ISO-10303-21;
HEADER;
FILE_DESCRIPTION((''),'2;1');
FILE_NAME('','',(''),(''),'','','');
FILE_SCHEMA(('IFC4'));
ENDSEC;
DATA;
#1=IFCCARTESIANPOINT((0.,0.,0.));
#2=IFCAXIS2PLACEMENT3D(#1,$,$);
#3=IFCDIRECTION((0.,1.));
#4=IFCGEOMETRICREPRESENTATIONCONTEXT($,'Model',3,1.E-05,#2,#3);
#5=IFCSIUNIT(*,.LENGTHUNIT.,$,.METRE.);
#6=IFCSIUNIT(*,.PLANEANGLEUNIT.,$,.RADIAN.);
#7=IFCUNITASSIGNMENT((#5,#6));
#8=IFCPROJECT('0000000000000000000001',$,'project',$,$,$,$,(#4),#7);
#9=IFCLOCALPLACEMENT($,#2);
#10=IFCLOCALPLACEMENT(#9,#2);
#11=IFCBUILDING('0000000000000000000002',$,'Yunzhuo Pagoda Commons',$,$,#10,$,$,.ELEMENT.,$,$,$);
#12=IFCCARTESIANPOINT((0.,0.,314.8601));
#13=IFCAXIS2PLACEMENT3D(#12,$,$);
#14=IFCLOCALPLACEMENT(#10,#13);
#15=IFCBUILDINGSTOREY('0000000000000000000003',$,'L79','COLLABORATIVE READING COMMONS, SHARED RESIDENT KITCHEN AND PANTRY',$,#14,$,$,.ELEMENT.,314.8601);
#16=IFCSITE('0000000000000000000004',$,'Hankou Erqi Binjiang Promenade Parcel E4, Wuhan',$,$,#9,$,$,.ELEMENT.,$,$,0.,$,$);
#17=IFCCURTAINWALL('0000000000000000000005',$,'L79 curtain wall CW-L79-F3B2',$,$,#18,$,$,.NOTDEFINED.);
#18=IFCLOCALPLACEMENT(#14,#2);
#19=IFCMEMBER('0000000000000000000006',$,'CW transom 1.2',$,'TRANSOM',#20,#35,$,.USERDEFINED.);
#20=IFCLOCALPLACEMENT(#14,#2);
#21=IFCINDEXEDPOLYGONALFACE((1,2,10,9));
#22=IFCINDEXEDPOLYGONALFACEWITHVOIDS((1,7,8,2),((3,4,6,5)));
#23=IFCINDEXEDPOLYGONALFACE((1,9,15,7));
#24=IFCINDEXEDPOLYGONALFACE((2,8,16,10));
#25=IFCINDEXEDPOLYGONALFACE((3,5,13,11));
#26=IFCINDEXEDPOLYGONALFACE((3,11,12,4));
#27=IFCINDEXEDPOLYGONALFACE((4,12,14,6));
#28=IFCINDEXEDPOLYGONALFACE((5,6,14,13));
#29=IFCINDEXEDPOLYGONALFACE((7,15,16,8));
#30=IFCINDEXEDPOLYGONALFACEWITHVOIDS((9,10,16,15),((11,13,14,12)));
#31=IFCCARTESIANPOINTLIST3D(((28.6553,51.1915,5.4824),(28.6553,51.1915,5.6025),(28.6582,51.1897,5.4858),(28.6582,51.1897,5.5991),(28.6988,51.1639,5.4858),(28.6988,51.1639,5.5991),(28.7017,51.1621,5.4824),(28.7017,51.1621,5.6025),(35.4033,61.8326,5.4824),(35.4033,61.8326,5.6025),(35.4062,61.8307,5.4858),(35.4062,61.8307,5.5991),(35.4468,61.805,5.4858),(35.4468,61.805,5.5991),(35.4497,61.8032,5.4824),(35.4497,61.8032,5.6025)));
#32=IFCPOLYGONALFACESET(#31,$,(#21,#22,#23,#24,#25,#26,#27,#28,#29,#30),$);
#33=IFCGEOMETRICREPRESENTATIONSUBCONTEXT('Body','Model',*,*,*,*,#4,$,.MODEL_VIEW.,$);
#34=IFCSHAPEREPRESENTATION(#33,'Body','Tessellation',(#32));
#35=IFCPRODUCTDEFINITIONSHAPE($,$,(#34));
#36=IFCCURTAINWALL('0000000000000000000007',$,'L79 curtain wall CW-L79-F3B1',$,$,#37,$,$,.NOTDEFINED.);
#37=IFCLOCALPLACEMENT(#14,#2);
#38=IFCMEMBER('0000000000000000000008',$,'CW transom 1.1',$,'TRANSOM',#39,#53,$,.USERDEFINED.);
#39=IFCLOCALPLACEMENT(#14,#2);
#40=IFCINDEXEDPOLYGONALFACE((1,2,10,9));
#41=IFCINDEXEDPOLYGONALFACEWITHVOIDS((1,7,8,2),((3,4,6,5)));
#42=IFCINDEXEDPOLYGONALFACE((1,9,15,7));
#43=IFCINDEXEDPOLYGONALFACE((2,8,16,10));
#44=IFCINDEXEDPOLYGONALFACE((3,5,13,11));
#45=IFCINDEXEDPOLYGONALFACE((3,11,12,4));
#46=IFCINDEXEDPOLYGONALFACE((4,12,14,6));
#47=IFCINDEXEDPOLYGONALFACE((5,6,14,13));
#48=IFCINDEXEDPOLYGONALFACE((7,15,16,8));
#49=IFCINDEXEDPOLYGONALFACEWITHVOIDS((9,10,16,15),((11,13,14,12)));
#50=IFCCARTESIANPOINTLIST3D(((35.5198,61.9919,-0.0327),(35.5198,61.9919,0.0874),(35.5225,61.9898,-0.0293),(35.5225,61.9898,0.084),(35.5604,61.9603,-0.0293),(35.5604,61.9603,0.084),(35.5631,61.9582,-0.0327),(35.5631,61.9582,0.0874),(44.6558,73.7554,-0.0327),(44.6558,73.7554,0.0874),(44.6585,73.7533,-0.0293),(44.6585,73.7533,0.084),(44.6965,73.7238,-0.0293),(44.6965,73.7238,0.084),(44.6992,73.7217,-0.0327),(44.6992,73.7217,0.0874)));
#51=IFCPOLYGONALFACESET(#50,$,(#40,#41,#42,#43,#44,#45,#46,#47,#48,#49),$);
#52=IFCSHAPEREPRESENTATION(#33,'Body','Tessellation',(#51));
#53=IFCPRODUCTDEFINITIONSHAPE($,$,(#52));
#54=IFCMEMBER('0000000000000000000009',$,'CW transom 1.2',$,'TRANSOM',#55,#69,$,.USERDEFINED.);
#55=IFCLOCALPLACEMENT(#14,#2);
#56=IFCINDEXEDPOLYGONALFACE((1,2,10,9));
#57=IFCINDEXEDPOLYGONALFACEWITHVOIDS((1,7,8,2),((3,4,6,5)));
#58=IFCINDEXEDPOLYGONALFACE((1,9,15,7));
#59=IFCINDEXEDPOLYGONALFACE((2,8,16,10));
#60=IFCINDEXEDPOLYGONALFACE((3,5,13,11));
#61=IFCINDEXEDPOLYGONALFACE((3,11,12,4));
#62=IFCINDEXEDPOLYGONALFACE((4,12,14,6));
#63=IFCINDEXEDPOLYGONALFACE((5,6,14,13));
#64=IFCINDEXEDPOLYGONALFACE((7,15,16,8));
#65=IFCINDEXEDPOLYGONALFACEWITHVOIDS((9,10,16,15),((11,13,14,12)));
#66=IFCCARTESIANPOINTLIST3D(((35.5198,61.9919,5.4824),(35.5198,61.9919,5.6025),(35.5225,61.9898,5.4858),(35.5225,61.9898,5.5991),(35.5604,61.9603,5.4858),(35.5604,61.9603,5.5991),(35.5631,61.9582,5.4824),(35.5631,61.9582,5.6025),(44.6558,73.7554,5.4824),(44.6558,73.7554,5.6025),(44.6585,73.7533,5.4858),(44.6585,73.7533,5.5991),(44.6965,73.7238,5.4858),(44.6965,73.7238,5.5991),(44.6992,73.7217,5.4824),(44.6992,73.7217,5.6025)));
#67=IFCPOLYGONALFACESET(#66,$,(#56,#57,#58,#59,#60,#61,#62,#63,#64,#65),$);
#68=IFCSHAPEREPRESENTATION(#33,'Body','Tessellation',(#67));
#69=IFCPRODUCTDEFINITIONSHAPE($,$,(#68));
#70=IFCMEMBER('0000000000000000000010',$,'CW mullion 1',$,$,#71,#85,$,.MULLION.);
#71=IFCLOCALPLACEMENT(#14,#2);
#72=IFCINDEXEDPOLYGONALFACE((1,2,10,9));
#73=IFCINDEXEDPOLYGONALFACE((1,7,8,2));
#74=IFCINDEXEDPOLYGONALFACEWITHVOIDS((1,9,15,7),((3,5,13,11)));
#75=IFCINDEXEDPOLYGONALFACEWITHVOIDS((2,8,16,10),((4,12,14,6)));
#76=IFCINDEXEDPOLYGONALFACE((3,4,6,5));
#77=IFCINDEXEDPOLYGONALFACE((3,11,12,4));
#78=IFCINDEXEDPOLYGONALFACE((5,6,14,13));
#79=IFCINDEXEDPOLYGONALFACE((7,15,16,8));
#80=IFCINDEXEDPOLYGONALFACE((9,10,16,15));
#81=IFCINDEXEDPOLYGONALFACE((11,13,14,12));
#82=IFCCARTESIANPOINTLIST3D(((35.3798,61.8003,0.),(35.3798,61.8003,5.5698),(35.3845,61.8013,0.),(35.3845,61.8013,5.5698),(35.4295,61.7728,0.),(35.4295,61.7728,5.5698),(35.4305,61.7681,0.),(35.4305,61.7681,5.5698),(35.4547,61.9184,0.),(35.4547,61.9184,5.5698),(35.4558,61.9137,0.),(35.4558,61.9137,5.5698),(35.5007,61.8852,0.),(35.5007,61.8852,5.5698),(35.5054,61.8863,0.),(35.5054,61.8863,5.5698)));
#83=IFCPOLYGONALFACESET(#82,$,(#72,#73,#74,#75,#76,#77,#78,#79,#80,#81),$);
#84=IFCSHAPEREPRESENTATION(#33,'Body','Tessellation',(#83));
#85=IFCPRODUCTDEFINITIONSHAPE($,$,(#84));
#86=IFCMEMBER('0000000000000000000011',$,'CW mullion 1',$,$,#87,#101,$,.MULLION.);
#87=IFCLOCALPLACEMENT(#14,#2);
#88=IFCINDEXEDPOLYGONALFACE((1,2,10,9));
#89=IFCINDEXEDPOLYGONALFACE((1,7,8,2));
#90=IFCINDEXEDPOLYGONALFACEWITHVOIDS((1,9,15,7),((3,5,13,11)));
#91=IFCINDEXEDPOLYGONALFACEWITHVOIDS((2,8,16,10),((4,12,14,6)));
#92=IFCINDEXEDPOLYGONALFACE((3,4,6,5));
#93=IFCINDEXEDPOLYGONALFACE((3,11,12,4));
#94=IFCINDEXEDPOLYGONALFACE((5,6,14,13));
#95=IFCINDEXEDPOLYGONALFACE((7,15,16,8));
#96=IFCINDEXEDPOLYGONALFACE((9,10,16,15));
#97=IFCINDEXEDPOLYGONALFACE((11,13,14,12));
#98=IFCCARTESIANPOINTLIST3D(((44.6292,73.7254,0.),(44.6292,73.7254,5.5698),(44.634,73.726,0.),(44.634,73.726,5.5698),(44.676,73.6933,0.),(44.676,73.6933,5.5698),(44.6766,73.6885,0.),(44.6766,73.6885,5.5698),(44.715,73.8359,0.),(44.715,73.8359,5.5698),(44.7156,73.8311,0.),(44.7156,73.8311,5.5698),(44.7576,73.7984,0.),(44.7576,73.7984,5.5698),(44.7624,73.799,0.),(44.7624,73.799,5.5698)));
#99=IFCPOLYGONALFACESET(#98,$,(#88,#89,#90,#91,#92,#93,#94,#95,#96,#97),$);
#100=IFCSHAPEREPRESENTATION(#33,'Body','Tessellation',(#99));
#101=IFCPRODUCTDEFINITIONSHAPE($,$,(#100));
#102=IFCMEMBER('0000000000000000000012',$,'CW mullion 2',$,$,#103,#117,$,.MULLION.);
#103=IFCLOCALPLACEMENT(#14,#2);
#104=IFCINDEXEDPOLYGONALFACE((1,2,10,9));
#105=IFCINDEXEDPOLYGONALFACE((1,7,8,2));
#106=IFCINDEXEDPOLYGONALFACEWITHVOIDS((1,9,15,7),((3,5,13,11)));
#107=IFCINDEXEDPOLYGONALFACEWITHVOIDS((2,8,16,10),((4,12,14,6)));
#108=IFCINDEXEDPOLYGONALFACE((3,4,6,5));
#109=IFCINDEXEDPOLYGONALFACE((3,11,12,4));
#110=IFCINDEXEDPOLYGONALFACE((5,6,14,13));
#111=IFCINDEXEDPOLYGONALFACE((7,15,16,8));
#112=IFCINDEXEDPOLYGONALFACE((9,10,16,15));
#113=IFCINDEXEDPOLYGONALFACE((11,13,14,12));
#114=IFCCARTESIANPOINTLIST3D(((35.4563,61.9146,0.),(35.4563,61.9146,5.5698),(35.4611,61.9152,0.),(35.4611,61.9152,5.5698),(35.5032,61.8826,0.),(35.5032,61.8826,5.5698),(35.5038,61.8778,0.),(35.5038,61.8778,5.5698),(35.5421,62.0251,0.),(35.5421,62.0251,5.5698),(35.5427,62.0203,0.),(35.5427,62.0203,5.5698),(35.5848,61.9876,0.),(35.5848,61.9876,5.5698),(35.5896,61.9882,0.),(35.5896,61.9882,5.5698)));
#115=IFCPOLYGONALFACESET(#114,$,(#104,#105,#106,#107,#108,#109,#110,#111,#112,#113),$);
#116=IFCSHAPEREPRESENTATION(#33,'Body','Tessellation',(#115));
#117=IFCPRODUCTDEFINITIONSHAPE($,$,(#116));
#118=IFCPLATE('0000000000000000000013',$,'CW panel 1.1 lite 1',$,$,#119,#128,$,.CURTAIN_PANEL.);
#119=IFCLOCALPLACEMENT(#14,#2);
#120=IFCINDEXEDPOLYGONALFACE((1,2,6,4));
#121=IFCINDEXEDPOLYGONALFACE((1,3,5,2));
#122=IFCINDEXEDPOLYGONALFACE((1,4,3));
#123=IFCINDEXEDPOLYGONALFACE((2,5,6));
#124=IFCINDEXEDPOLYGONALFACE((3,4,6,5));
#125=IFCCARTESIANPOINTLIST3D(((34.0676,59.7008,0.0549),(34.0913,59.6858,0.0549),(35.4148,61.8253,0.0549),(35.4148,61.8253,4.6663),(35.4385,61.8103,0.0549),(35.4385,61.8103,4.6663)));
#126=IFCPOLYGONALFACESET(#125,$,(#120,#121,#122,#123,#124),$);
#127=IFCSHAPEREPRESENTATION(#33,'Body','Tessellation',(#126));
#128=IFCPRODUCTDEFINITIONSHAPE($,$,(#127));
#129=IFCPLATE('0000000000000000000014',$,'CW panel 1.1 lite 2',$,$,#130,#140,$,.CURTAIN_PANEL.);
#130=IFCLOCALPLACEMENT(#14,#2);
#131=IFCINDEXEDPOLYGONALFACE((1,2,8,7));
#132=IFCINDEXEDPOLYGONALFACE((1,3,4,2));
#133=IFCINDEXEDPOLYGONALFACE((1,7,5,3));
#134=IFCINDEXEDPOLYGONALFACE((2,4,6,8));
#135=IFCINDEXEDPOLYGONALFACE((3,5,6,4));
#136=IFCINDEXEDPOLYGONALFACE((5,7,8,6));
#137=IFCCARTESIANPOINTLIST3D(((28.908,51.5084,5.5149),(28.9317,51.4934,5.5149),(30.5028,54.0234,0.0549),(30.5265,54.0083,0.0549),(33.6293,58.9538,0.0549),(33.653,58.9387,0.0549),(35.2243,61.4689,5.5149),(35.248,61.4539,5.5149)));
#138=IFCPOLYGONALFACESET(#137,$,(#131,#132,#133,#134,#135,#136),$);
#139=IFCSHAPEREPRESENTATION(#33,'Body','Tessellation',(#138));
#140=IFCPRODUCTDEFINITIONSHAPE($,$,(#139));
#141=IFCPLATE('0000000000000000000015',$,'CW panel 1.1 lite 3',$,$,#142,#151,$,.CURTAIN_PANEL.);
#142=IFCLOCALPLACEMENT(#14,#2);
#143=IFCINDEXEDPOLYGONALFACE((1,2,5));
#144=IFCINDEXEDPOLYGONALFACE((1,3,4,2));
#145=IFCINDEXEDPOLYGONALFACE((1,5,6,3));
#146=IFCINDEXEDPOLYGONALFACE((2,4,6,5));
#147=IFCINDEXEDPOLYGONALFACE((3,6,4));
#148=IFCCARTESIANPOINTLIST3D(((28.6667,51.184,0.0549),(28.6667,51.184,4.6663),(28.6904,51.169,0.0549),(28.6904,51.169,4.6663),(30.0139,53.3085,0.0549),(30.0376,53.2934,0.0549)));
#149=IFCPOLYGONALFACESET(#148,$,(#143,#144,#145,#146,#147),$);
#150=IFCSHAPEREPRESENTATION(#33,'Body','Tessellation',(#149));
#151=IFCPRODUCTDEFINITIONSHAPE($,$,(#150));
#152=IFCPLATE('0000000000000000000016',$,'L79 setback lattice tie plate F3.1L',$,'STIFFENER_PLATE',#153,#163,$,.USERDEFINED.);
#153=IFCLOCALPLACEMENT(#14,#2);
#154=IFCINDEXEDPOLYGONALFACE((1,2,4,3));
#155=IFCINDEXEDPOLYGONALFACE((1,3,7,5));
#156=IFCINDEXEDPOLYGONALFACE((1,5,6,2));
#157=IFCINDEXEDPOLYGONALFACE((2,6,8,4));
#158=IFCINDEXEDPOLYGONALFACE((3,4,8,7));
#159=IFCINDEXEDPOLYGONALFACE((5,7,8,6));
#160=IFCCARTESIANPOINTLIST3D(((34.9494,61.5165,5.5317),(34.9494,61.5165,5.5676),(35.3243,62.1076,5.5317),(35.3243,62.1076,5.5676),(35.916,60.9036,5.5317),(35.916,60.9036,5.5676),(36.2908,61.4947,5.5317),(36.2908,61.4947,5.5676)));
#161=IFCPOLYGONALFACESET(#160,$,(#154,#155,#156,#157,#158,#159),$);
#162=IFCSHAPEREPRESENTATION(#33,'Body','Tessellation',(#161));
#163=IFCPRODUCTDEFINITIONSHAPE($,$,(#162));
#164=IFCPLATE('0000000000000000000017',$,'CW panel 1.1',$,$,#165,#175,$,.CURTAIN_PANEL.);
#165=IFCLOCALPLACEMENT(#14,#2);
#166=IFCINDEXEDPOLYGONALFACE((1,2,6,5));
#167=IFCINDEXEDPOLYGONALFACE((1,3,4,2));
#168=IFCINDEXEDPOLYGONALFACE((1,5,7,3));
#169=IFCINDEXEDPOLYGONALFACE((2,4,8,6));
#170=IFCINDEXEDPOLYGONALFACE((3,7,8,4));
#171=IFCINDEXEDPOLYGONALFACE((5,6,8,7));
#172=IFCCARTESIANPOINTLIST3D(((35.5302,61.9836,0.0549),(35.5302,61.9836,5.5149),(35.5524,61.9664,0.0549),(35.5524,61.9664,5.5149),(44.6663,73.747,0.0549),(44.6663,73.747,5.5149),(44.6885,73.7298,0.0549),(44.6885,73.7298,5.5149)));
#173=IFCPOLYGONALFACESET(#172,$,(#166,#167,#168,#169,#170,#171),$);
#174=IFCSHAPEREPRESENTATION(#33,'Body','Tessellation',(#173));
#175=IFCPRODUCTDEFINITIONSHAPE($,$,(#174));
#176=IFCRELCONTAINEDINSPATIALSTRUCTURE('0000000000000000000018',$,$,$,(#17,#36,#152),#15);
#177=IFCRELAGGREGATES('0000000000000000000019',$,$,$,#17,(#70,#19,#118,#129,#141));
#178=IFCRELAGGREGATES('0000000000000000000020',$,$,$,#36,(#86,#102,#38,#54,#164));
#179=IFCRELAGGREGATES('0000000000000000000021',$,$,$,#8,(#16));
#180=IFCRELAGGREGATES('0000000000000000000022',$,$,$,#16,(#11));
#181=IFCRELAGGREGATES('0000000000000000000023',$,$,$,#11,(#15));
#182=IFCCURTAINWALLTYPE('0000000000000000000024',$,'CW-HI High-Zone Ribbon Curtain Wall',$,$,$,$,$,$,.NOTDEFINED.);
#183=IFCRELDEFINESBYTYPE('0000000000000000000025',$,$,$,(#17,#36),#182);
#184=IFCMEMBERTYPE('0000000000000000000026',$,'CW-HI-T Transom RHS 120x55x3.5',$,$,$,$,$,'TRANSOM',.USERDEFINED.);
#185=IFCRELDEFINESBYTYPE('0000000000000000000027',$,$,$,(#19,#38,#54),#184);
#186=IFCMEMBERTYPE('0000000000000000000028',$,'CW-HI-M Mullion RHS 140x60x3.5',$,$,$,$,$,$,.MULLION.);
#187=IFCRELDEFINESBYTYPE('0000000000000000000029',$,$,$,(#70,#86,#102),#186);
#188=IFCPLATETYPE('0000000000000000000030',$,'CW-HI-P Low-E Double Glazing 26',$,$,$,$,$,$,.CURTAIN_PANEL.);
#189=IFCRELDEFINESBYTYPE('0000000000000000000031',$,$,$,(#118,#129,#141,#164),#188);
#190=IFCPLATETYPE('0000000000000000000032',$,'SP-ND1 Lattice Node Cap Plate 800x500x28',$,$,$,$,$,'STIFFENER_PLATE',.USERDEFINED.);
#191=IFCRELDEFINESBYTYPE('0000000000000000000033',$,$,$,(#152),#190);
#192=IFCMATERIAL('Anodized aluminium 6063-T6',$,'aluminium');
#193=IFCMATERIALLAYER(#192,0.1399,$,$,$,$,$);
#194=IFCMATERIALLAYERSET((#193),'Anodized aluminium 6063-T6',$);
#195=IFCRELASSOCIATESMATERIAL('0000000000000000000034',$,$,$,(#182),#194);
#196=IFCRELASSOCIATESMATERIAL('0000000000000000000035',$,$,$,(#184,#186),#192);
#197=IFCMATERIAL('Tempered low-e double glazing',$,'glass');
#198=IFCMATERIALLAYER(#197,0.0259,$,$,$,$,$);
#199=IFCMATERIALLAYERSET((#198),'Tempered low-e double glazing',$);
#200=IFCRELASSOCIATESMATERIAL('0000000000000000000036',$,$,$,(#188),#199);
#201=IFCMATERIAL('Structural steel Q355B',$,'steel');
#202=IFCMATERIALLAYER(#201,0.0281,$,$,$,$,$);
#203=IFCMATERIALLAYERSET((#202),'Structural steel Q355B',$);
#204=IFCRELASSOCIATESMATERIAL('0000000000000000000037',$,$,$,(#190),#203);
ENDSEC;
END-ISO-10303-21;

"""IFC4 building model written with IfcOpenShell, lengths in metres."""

from ifc_helpers import new_model, si_unit, direction, frame, origin, origin_2d, place, context, subcontext, project, spatial, polyline, rectangle, hollow_rectangle, outline, extrude, source, transform, mapped, material, layer, layer_set, material_profile, profile_set, type_object, element, aggregate, save


model = new_model("IFC4")

# Units and contexts
model_context = context("Model", 3, precision=1e-05, world=origin(), true_north=direction((0.0, 1.0)))
body_context = subcontext(model_context, "Body", "Model", "MODEL_VIEW")
ifc_project = project(units=[si_unit("LENGTHUNIT", "METRE"), si_unit("PLANEANGLEUNIT", "RADIAN")], contexts=[model_context])

# Site, building, storey
site_placement = place(None, origin())
site = spatial("IfcSite", under=ifc_project, at=site_placement, Name="Hankou Erqi Binjiang Promenade Parcel E4, Wuhan", CompositionType="ELEMENT", RefElevation=0.0)
building_placement = place(site_placement, origin())
building = spatial("IfcBuilding", under=site, at=building_placement, Name="Yunzhuo Pagoda Commons", CompositionType="ELEMENT")
storey_placement = place(building_placement, frame((0.0, 0.0, 314.8601)))
storey = spatial("IfcBuildingStorey", under=building, at=storey_placement, Name="L79", Description="COLLABORATIVE READING COMMONS, SHARED RESIDENT KITCHEN AND PANTRY", CompositionType="ELEMENT", Elevation=314.8601)

# Shared definitions
ifc_material_1 = material(Name="Structural steel Q355B", Category="steel")

# Curtain walls, members
ifc_material_2 = material(Name="Anodized aluminium 6063-T6", Category="aluminium")
ifc_layer_1 = layer(ifc_material_2, 0.1399)
ifc_layer_set_1 = layer_set([ifc_layer_1], Name="Anodized aluminium 6063-T6")
curtain_wall_type = type_object("IfcCurtainWallType", Name="CW-HI High-Zone Ribbon Curtain Wall", PredefinedType="NOTDEFINED", material=ifc_layer_set_1)
curtain_wall_1_placement = place(storey_placement, origin())
curtain_wall_1 = element("IfcCurtainWall", 1, at=curtain_wall_1_placement, inside=storey, type_object=curtain_wall_type, Name="L79 curtain wall CW-L79-F3B2", PredefinedType="NOTDEFINED")
ifc_material_profile_1 = material_profile(ifc_material_2, hollow_rectangle(XDim=0.0549, YDim=0.1201, WallThickness=0.0034, at=origin_2d()), Name="Anodized aluminium 6063-T6")
ifc_profile_set_1 = profile_set([ifc_material_profile_1], Name="Anodized aluminium 6063-T6")
member_type_1 = type_object("IfcMemberType", Name="CW-HI-T Transom RHS 120x55x3.5", ElementType="TRANSOM", PredefinedType="USERDEFINED", material=ifc_profile_set_1)
shared_shape_1 = source(origin(), body_context, "Body", "SweptSolid", [
    extrude(hollow_rectangle(XDim=0.0549, YDim=0.1201, WallThickness=0.0034, at=origin_2d()), origin(), (0.0, 0.0, 1.0), 12.6003),
])
member_1_placement = place(storey_placement, frame((35.4265, 61.8179, 5.5425), z_axis=(-0.535543, -0.844508, 0.0), x_axis=(0.844508, -0.535543, 0.0)))
member_1 = element("IfcMember", 2, at=member_1_placement, type_object=member_type_1, Name="CW transom 1.2", ObjectType="TRANSOM", PredefinedType="USERDEFINED", context=body_context, shape_type="MappedRepresentation", body=[
    mapped(shared_shape_1, transform((0.0, 0.0, 0.0), scale=1.0)),
])
curtain_wall_2_placement = place(storey_placement, origin())
curtain_wall_2 = element("IfcCurtainWall", 3, at=curtain_wall_2_placement, inside=storey, type_object=curtain_wall_type, Name="L79 curtain wall CW-L79-F3B1", PredefinedType="NOTDEFINED")
shared_shape_2 = source(origin(), body_context, "Body", "SweptSolid", [
    extrude(hollow_rectangle(XDim=0.0549, YDim=0.1201, WallThickness=0.0034, at=origin_2d()), origin(), (0.0, 0.0, 1.0), 14.8945),
])
member_2_placement = place(storey_placement, frame((44.6775, 73.7385, 0.0273), z_axis=(-0.613382, -0.789786, 0.0), x_axis=(0.789786, -0.613382, 0.0)))
member_2 = element("IfcMember", 4, at=member_2_placement, type_object=member_type_1, Name="CW transom 1.1", ObjectType="TRANSOM", PredefinedType="USERDEFINED", context=body_context, shape_type="MappedRepresentation", body=[
    mapped(shared_shape_2, transform((0.0, 0.0, 0.0), scale=1.0)),
])
member_3_placement = place(storey_placement, frame((44.6775, 73.7385, 5.5425), z_axis=(-0.613382, -0.789786, 0.0), x_axis=(0.789786, -0.613382, 0.0)))
member_3 = element("IfcMember", 5, at=member_3_placement, type_object=member_type_1, Name="CW transom 1.2", ObjectType="TRANSOM", PredefinedType="USERDEFINED", context=body_context, shape_type="MappedRepresentation", body=[
    mapped(shared_shape_2, transform((0.0, 0.0, 0.0), scale=1.0)),
])

# Members
ifc_material_profile_2 = material_profile(ifc_material_2, hollow_rectangle(XDim=0.0601, YDim=0.1399, WallThickness=0.0034, at=origin_2d()), Name="Anodized aluminium 6063-T6")
ifc_profile_set_2 = profile_set([ifc_material_profile_2], Name="Anodized aluminium 6063-T6")
member_type_2 = type_object("IfcMemberType", Name="CW-HI-M Mullion RHS 140x60x3.5", PredefinedType="MULLION", material=ifc_profile_set_2)
shared_shape_3 = source(origin(), body_context, "Body", "SweptSolid", [
    extrude(hollow_rectangle(XDim=0.0601, YDim=0.1399, WallThickness=0.0034, at=origin_2d()), origin(), (0.0, 0.0, 1.0), 5.5698),
])
member_4_placement = place(storey_placement, frame((35.4426, 61.8433, 0.0), z_axis=(0.0, 0.0, 1.0), x_axis=(0.844513, -0.535535, 0.0)))
member_4 = element("IfcMember", 6, at=member_4_placement, type_object=member_type_2, Name="CW mullion 1", PredefinedType="MULLION", context=body_context, shape_type="MappedRepresentation", body=[
    mapped(shared_shape_3, transform((0.0, 0.0, 0.0), scale=1.0)),
])
member_5_placement = place(storey_placement, frame((44.6958, 73.7622, 0.0), z_axis=(0.0, 0.0, 1.0), x_axis=(0.789783, -0.613387, 0.0)))
member_5 = element("IfcMember", 7, at=member_5_placement, type_object=member_type_2, Name="CW mullion 1", PredefinedType="MULLION", context=body_context, shape_type="MappedRepresentation", body=[
    mapped(shared_shape_3, transform((0.0, 0.0, 0.0), scale=1.0)),
])
member_6_placement = place(storey_placement, frame((35.5229, 61.9514, 0.0), z_axis=(0.0, 0.0, 1.0), x_axis=(0.789783, -0.613387, 0.0)))
member_6 = element("IfcMember", 8, at=member_6_placement, type_object=member_type_2, Name="CW mullion 2", PredefinedType="MULLION", context=body_context, shape_type="MappedRepresentation", body=[
    mapped(shared_shape_3, transform((0.0, 0.0, 0.0), scale=1.0)),
])

# Plates
ifc_material_3 = material(Name="Tempered low-e double glazing", Category="glass")
ifc_layer_2 = layer(ifc_material_3, 0.0259)
ifc_layer_set_2 = layer_set([ifc_layer_2], Name="Tempered low-e double glazing")
plate_type_1 = type_object("IfcPlateType", Name="CW-HI-P Low-E Double Glazing 26", PredefinedType="CURTAIN_PANEL", material=ifc_layer_set_2)
plate_1_placement = place(storey_placement, frame((34.7649, 60.748, 2.3606), z_axis=(-0.844513, 0.535535, 0.0), x_axis=(-0.535535, -0.844513, 0.0)))
plate_1 = element("IfcPlate", 9, at=plate_1_placement, type_object=plate_type_1, Name="CW panel 1.1 lite 1", PredefinedType="CURTAIN_PANEL", context=body_context, shape_type="SweptSolid", body=[
    extrude(outline(polyline([(-1.2578, -2.3057), (1.2578, -2.3057), (-1.2578, 2.3057), (-1.2578, -2.3057)])), origin(), (0.0, 0.0, 1.0), 0.0281),
])
plate_2_placement = place(storey_placement, frame((32.0898, 56.4736, 2.7849), z_axis=(-0.844513, 0.535535, 0.0), x_axis=(-0.535535, -0.844513, 0.0)))
plate_2 = element("IfcPlate", 10, at=plate_2_placement, type_object=plate_type_1, Name="CW panel 1.1 lite 2", PredefinedType="CURTAIN_PANEL", context=body_context, shape_type="SweptSolid", body=[
    extrude(outline(polyline([(-5.8972, 2.73), (-2.9189, -2.73), (2.9192, -2.73), (5.8972, 2.73), (-5.8972, 2.73)])), origin(), (0.0, 0.0, 1.0), 0.0281),
])
plate_3_placement = place(storey_placement, frame((29.364, 52.2312, 2.3606), z_axis=(-0.844513, 0.535535, 0.0), x_axis=(-0.535535, -0.844513, 0.0)))
plate_3 = element("IfcPlate", 11, at=plate_3_placement, type_object=plate_type_1, Name="CW panel 1.1 lite 3", PredefinedType="CURTAIN_PANEL", context=body_context, shape_type="SweptSolid", body=[
    extrude(outline(polyline([(-1.2578, -2.3057), (1.2578, -2.3057), (1.2578, 2.3057), (-1.2578, -2.3057)])), origin(), (0.0, 0.0, 1.0), 0.0281),
])
aggregate(curtain_wall_1, [member_4, member_1, plate_1, plate_2, plate_3])
ifc_layer_3 = layer(ifc_material_1, 0.0281)
ifc_layer_set_3 = layer_set([ifc_layer_3], Name="Structural steel Q355B")
plate_type_2 = type_object("IfcPlateType", Name="SP-ND1 Lattice Node Cap Plate 800x500x28", ElementType="STIFFENER_PLATE", PredefinedType="USERDEFINED", material=ifc_layer_set_3)
shared_shape_4 = source(origin(), body_context, "Body", "SweptSolid", [
    extrude(rectangle(XDim=0.7, YDim=1.1445, at=origin_2d()), origin(), (0.0, 0.0, 1.0), 0.0359),
])
plate_4_placement = place(storey_placement, frame((35.6201, 61.5056, 5.5317), z_axis=(0.0, 0.0, 1.0), x_axis=(-0.535532, -0.844515, 0.0)))
element("IfcPlate", 12, at=plate_4_placement, inside=storey, type_object=plate_type_2, Name="L79 setback lattice tie plate F3.1L", ObjectType="STIFFENER_PLATE", PredefinedType="USERDEFINED", context=body_context, shape_type="MappedRepresentation", body=[
    mapped(shared_shape_4, transform((0.0, 0.0, 0.0), scale=1.0)),
])
shared_shape_5 = source(origin(), body_context, "Body", "SweptSolid", [
    extrude(rectangle(XDim=14.8945, YDim=0.0281, at=origin_2d()), origin(), (0.0, 0.0, 1.0), 5.46),
])
plate_5_placement = place(storey_placement, frame((40.1094, 67.8567, 0.0549), z_axis=(0.0, 0.0, 1.0), x_axis=(-0.613387, -0.789783, 0.0)))
plate_5 = element("IfcPlate", 13, at=plate_5_placement, type_object=plate_type_1, Name="CW panel 1.1", PredefinedType="CURTAIN_PANEL", context=body_context, shape_type="MappedRepresentation", body=[
    mapped(shared_shape_5, transform((0.0, 0.0, 0.0), scale=1.0)),
])
aggregate(curtain_wall_2, [member_5, member_6, member_2, member_3, plate_5])

save(model, "model.ifc")
